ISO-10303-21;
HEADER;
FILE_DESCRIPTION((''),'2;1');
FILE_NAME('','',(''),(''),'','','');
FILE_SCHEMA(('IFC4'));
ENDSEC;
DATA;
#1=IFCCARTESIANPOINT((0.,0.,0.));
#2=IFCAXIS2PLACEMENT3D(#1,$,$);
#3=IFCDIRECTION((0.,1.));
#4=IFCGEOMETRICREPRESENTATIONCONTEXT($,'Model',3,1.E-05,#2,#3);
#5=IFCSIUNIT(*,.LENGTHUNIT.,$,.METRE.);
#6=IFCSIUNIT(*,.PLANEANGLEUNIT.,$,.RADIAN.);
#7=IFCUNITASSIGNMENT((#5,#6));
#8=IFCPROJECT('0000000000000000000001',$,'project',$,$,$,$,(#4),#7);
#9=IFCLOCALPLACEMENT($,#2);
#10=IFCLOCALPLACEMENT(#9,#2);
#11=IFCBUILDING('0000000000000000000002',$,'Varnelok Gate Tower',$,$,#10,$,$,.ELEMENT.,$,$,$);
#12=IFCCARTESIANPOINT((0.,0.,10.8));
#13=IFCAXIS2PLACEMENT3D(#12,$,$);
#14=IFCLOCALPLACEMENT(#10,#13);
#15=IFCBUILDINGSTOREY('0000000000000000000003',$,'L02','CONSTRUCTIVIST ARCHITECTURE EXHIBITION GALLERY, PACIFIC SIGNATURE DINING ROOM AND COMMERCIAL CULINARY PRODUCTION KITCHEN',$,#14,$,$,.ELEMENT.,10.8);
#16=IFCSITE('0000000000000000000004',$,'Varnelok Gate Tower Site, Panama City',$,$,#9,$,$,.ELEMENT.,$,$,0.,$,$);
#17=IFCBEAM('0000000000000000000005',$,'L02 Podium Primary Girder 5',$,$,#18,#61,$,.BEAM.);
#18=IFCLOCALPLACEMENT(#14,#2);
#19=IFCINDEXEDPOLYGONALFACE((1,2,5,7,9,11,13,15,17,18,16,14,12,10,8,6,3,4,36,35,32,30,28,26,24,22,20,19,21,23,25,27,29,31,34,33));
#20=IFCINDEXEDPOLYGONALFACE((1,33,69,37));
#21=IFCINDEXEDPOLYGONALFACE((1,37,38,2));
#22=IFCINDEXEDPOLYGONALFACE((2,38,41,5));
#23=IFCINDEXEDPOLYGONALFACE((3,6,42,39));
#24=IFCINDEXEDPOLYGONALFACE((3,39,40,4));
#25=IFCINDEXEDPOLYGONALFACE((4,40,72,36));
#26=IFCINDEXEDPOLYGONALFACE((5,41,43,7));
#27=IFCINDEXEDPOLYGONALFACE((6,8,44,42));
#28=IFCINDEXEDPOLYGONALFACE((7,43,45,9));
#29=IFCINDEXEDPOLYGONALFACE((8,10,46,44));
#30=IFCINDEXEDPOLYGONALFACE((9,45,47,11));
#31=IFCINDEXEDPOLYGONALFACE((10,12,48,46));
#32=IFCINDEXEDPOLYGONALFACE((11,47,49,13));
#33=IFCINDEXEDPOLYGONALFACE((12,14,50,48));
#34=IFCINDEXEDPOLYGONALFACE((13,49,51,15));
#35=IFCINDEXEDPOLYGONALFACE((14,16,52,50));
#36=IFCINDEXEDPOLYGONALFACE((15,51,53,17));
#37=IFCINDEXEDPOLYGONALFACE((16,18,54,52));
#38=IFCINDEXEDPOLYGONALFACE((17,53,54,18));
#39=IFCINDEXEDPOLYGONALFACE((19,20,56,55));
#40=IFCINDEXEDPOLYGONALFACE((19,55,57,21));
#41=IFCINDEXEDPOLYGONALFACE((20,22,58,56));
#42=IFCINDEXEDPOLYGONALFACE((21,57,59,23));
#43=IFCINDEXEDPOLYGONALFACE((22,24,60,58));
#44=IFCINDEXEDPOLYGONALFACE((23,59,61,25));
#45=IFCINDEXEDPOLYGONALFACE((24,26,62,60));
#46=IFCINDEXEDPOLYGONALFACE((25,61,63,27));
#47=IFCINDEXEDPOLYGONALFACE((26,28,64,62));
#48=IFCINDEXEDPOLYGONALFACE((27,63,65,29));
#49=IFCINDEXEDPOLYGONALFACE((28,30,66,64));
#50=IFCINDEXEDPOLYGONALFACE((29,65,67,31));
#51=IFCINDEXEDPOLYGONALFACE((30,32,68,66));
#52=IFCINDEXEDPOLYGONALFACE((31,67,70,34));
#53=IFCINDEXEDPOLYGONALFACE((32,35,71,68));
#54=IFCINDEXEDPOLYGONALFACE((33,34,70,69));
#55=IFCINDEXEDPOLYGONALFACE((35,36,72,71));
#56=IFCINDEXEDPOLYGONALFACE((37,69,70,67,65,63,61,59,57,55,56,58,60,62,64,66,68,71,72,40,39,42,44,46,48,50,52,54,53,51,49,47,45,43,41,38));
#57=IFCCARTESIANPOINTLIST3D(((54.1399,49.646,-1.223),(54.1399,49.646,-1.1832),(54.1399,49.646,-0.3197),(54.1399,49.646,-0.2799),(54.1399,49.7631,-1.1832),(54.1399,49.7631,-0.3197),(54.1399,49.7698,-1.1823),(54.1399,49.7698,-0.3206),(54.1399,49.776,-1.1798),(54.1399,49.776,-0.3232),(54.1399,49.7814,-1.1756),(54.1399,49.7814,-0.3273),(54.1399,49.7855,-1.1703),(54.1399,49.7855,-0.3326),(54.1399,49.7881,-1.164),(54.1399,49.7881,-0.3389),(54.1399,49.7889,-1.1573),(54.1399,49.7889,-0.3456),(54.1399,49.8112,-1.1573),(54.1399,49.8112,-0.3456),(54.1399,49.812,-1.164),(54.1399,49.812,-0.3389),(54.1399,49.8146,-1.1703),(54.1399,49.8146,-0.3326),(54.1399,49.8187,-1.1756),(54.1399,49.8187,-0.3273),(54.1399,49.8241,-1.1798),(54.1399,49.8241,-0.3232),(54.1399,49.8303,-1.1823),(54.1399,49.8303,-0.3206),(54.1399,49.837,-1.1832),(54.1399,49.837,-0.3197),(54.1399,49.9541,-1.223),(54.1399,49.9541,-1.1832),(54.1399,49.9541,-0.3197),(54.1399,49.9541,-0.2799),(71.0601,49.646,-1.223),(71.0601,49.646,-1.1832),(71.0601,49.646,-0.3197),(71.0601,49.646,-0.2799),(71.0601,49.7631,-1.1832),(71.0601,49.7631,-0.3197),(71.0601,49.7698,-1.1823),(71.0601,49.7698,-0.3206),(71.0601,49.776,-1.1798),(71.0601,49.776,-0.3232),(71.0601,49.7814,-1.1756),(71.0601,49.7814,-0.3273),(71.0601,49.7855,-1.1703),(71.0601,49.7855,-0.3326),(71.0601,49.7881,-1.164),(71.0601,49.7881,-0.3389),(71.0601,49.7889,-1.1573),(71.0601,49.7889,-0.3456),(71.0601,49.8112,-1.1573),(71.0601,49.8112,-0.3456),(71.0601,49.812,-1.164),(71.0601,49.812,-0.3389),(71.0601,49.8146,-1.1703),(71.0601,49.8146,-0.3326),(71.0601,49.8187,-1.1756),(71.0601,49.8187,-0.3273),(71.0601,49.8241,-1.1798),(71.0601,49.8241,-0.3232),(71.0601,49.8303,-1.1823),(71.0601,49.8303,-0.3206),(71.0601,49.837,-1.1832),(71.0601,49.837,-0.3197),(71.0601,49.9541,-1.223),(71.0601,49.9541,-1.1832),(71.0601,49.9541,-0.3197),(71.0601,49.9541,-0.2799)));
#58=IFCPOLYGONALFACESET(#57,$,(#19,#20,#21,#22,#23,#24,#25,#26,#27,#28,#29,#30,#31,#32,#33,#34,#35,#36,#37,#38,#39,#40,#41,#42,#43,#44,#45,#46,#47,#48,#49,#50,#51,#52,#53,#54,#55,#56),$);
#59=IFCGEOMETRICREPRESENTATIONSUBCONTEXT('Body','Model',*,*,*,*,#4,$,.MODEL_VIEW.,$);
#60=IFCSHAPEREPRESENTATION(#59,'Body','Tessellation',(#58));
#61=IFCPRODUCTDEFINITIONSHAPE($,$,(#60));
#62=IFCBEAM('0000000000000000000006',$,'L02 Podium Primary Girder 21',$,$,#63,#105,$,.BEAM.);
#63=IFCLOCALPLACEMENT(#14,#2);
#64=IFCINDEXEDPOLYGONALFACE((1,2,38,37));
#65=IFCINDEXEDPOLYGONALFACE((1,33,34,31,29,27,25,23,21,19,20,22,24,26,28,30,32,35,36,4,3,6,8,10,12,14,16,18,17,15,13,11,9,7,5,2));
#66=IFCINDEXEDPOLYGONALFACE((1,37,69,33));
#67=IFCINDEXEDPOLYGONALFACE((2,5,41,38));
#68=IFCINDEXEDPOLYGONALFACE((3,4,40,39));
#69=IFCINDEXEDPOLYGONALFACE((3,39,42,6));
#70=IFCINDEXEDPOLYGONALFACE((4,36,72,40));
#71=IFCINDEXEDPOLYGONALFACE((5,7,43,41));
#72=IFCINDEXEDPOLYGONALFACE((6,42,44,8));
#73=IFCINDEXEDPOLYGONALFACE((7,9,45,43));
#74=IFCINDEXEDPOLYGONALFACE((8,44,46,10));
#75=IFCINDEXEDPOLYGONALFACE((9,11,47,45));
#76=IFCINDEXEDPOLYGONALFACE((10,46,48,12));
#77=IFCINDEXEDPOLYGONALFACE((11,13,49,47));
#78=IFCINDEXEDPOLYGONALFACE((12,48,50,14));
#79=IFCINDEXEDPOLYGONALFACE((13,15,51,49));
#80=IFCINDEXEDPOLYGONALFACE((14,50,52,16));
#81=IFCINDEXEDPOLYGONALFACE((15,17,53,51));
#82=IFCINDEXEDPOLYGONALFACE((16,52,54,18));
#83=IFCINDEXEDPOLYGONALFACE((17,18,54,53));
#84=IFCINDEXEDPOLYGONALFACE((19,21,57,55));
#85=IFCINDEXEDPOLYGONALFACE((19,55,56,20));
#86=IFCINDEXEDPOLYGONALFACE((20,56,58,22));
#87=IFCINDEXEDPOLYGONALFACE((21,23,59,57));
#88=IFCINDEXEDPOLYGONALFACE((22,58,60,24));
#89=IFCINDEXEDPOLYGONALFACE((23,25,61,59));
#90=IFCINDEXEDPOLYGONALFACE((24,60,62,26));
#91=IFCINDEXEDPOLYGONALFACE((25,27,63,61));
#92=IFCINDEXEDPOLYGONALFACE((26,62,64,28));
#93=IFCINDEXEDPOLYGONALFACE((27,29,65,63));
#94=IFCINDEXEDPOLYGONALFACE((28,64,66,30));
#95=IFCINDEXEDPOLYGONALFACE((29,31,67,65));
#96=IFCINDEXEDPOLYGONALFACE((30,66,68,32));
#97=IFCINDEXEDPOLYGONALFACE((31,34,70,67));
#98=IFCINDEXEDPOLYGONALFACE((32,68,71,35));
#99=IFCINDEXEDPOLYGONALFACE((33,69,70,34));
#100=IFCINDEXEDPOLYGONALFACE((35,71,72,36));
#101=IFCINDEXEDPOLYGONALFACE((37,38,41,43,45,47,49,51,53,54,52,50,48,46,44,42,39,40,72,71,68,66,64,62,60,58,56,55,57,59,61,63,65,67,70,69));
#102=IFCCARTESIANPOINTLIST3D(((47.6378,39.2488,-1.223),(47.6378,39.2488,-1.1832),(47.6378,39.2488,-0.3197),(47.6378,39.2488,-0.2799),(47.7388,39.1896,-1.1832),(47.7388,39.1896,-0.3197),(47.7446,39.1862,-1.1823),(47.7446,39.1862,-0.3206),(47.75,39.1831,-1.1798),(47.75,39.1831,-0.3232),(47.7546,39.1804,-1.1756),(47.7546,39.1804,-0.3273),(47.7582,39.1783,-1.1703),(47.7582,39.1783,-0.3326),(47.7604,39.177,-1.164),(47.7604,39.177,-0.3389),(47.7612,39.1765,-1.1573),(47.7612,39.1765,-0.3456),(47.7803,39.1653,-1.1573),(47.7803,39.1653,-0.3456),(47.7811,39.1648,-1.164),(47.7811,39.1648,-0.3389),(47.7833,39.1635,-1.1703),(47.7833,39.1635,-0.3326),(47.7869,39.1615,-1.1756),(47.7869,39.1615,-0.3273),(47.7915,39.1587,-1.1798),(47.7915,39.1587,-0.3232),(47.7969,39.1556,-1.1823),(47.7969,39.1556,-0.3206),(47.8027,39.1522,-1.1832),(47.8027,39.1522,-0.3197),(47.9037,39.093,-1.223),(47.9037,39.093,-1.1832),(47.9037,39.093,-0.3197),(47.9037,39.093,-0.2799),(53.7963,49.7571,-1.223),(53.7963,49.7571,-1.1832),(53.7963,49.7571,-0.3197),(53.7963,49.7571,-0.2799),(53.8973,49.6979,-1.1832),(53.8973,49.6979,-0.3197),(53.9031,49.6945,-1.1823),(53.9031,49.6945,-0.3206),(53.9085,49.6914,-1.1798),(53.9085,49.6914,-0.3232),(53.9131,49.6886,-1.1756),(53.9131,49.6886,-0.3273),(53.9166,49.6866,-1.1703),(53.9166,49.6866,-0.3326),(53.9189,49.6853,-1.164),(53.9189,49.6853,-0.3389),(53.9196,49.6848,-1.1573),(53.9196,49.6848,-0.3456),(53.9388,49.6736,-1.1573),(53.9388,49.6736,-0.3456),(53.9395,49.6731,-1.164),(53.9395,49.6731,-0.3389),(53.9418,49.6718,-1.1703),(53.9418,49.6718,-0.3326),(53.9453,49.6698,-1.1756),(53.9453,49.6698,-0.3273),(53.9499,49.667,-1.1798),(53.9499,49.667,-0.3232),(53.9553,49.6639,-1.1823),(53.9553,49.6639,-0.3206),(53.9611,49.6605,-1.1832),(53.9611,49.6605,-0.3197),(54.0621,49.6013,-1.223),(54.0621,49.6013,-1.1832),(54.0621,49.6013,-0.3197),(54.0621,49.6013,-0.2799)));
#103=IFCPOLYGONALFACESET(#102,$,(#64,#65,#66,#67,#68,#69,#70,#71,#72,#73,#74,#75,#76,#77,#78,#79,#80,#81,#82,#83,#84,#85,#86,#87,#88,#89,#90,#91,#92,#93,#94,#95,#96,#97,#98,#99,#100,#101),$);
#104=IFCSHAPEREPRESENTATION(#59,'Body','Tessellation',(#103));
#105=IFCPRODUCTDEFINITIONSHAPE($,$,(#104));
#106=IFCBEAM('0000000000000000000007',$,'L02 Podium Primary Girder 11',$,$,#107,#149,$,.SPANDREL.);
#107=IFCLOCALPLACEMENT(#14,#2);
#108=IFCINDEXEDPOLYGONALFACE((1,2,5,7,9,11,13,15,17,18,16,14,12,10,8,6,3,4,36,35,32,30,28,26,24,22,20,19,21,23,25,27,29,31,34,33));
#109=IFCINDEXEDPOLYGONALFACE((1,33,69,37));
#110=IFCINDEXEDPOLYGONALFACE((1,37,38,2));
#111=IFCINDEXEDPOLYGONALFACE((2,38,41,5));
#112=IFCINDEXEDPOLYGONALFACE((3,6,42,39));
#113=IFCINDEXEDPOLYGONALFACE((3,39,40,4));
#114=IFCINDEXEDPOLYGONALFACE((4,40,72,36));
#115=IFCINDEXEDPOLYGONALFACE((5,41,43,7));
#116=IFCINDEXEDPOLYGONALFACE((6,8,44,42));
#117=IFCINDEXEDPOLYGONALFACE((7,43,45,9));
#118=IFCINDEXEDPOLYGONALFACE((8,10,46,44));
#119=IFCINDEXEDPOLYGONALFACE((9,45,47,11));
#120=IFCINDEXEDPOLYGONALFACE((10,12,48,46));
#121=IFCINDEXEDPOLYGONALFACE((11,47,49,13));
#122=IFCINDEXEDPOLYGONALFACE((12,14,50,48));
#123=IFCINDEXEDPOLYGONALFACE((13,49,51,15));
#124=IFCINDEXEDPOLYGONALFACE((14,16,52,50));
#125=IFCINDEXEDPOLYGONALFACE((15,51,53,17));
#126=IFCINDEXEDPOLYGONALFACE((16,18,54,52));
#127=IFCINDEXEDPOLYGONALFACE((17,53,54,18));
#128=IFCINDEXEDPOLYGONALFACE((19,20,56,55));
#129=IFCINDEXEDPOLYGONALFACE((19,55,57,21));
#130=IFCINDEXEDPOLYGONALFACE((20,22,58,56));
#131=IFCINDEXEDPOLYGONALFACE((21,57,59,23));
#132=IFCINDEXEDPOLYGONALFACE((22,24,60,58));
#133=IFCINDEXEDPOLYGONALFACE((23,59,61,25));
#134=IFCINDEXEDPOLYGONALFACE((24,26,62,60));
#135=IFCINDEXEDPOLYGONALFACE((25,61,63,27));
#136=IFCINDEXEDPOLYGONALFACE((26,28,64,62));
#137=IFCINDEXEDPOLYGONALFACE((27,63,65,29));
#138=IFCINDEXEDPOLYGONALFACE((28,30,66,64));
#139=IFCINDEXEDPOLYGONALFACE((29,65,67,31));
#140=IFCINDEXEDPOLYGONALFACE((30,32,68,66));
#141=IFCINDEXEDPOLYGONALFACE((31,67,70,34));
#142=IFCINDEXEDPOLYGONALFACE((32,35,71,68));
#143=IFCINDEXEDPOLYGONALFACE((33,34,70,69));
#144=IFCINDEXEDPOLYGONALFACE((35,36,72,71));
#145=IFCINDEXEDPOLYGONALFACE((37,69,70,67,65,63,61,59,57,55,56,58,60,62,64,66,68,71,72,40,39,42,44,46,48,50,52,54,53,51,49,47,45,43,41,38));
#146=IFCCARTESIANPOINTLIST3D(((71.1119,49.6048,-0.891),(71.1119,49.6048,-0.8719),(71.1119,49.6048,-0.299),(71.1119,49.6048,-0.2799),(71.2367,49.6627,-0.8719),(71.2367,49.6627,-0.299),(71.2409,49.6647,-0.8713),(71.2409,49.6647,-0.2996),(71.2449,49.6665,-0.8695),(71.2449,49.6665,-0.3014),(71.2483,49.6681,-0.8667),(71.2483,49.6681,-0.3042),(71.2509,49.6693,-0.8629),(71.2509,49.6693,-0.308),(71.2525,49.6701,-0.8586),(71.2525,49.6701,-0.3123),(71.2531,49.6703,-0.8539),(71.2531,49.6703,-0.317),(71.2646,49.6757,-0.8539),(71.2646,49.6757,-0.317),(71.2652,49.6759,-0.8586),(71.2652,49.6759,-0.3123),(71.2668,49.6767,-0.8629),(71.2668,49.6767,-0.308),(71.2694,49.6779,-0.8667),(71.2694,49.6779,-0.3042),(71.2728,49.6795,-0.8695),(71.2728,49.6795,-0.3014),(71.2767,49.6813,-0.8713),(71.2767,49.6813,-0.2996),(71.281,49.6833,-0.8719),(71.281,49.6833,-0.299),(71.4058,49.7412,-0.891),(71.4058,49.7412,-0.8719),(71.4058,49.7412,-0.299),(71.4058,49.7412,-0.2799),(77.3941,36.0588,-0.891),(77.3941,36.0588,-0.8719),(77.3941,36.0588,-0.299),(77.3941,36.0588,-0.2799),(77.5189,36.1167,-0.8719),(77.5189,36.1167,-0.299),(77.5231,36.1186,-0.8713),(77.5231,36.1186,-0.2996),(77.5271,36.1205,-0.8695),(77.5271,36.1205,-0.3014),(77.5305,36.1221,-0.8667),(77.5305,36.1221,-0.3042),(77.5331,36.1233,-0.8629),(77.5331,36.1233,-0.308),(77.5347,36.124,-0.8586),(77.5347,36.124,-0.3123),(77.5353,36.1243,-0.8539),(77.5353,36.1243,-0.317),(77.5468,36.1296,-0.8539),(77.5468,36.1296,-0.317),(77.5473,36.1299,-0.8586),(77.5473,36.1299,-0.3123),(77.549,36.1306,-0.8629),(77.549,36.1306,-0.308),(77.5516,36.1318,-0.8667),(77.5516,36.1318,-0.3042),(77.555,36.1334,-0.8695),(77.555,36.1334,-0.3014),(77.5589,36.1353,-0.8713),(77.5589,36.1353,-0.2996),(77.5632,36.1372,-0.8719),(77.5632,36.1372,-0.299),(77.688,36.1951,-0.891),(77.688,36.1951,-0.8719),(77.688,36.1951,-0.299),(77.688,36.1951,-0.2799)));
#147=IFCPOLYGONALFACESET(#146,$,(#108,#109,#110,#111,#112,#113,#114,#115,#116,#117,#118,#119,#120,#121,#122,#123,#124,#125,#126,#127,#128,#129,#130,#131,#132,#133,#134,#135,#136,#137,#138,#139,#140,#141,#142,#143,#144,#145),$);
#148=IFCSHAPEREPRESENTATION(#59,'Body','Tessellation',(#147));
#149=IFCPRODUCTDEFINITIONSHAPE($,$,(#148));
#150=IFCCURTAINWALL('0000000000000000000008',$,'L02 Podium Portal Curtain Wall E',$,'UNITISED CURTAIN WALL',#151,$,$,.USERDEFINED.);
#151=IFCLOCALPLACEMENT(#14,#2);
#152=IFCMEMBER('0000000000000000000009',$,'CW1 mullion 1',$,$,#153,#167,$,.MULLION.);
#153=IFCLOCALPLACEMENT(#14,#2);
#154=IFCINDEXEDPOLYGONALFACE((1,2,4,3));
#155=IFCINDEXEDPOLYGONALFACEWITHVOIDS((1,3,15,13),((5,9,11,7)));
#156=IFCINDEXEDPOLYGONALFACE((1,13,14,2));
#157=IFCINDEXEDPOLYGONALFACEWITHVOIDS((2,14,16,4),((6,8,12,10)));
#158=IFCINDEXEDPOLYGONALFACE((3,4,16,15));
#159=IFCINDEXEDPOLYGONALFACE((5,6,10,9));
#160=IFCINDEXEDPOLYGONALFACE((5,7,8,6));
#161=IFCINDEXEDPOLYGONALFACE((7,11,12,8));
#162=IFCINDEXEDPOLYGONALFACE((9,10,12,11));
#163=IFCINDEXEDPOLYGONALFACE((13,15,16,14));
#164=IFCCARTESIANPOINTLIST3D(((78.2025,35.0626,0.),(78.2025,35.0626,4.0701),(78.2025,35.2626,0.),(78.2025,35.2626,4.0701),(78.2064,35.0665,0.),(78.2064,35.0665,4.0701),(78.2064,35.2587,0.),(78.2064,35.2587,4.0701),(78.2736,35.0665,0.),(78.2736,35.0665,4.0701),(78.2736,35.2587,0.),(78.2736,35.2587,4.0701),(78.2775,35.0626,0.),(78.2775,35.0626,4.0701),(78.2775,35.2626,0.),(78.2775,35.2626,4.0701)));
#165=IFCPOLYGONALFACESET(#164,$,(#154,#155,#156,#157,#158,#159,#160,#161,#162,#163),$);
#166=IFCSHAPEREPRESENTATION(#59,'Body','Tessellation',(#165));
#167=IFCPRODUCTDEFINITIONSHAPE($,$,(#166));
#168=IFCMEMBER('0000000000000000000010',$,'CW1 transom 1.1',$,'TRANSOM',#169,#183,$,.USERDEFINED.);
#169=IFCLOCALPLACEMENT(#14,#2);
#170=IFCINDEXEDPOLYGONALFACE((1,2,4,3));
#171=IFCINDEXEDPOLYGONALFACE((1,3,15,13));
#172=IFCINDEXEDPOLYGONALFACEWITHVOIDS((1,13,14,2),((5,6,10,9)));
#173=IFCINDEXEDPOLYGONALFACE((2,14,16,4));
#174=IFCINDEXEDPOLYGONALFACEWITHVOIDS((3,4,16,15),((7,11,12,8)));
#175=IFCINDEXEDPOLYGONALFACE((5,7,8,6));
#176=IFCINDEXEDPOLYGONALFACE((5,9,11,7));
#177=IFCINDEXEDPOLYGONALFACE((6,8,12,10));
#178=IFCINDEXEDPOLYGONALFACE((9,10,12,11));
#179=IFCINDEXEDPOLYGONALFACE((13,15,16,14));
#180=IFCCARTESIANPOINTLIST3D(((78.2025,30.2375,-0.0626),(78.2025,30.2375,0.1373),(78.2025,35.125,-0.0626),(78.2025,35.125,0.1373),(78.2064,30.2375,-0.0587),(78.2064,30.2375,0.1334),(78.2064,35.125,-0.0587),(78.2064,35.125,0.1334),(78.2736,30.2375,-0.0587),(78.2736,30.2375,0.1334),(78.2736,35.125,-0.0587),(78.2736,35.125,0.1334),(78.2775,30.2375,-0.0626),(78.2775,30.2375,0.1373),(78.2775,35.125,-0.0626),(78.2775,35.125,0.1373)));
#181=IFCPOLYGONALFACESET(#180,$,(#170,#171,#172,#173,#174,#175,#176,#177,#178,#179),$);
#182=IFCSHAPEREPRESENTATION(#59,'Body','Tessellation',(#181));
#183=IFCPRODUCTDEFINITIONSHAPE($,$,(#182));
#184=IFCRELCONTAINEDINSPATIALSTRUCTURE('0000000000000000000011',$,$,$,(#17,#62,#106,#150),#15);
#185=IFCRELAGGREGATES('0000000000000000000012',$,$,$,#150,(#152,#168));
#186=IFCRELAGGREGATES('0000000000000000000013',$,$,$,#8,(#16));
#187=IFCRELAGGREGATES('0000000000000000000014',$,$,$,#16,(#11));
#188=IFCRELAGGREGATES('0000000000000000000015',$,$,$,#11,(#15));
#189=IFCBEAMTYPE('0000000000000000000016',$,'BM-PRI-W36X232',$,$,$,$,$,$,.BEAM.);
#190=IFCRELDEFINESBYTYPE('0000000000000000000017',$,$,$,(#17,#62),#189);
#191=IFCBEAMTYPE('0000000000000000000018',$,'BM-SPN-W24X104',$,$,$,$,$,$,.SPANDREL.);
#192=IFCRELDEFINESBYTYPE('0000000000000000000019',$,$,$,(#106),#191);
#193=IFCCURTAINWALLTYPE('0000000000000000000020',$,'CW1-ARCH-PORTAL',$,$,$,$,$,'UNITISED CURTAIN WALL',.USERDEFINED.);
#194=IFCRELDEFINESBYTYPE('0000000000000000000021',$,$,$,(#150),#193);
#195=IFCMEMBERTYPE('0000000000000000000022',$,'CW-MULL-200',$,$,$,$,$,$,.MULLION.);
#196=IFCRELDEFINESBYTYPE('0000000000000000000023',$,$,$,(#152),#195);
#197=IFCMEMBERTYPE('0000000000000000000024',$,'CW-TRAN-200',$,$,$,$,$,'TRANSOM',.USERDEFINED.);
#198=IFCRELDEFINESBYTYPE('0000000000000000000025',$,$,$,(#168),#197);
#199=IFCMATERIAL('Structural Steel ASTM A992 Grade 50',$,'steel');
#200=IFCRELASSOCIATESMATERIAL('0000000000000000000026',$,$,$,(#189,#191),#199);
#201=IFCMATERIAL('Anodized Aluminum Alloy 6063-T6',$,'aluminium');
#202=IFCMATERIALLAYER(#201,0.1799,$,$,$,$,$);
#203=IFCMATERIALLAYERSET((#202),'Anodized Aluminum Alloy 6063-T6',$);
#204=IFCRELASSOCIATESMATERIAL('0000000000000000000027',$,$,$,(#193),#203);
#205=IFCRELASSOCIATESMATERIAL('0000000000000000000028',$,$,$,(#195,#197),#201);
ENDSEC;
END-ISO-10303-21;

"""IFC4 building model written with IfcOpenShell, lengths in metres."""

from ifc_helpers import new_model, si_unit, direction, frame, origin, origin_2d, place, context, subcontext, project, spatial, hollow_rectangle, i_section, extrude, material, layer, layer_set, material_profile, profile_set, type_object, element, aggregate, save


model = new_model("IFC4")

# Units and contexts
model_context = context("Model", 3, precision=1e-05, world=origin(), true_north=direction((0.0, 1.0)))
body_context = subcontext(model_context, "Body", "Model", "MODEL_VIEW")
ifc_project = project(units=[si_unit("LENGTHUNIT", "METRE"), si_unit("PLANEANGLEUNIT", "RADIAN")], contexts=[model_context])

# Site, building, storey
site_placement = place(None, origin())
site = spatial("IfcSite", under=ifc_project, at=site_placement, Name="Varnelok Gate Tower Site, Panama City", CompositionType="ELEMENT", RefElevation=0.0)
building_placement = place(site_placement, origin())
building = spatial("IfcBuilding", under=site, at=building_placement, Name="Varnelok Gate Tower", CompositionType="ELEMENT")
storey_placement = place(building_placement, frame((0.0, 0.0, 10.8)))
storey = spatial("IfcBuildingStorey", under=building, at=storey_placement, Name="L02", Description="CONSTRUCTIVIST ARCHITECTURE EXHIBITION GALLERY, PACIFIC SIGNATURE DINING ROOM AND COMMERCIAL CULINARY PRODUCTION KITCHEN", CompositionType="ELEMENT", Elevation=10.8)

# Beams
ifc_material_1 = material(Name="Structural Steel ASTM A992 Grade 50", Category="steel")
ifc_material_profile_1 = material_profile(ifc_material_1, i_section(OverallWidth=0.3081, OverallDepth=0.9431, WebThickness=0.0222, FlangeThickness=0.0398, FilletRadius=0.0259, at=origin_2d()), Name="W36X232")
ifc_profile_set_1 = profile_set([ifc_material_profile_1], Name="Structural Steel ASTM A992 Grade 50")
beam_type_1 = type_object("IfcBeamType", Name="BM-PRI-W36X232", PredefinedType="BEAM", material=ifc_profile_set_1)
beam_1_placement = place(storey_placement, frame((54.1399, 49.8, -0.7515), z_axis=(1.0, 0.0, 0.0), x_axis=(0.0, 1.0, 0.0)))
element("IfcBeam", 1, at=beam_1_placement, inside=storey, type_object=beam_type_1, Name="L02 Podium Primary Girder 5", PredefinedType="BEAM", context=body_context, shape_type="SweptSolid", body=[
    extrude(i_section(OverallWidth=0.3081, OverallDepth=0.9431, WebThickness=0.0222, FlangeThickness=0.0398, FilletRadius=0.0259, at=origin_2d()), origin(), (0.0, 0.0, 1.0), 16.9202),
])
beam_2_placement = place(storey_placement, frame((53.9292, 49.6792, -0.7515), z_axis=(-0.505622, -0.862755, 0.0), x_axis=(0.862755, -0.505622, 0.0)))
element("IfcBeam", 2, at=beam_2_placement, inside=storey, type_object=beam_type_1, Name="L02 Podium Primary Girder 21", PredefinedType="BEAM", context=body_context, shape_type="SweptSolid", body=[
    extrude(i_section(OverallWidth=0.3081, OverallDepth=0.9431, WebThickness=0.0222, FlangeThickness=0.0398, FilletRadius=0.0259, at=origin_2d()), origin(), (0.0, 0.0, 1.0), 12.1799),
])
ifc_material_profile_2 = material_profile(ifc_material_1, i_section(OverallWidth=0.324, OverallDepth=0.6111, WebThickness=0.0127, FlangeThickness=0.019, FilletRadius=0.0181, at=origin_2d()), Name="W24X104")
ifc_profile_set_2 = profile_set([ifc_material_profile_2], Name="Structural Steel ASTM A992 Grade 50")
beam_type_2 = type_object("IfcBeamType", Name="BM-SPN-W24X104", PredefinedType="SPANDREL", material=ifc_profile_set_2)
beam_3_placement = place(storey_placement, frame((77.541, 36.127, -0.5854), z_axis=(-0.420723, 0.907189, 0.0), x_axis=(-0.907189, -0.420723, 0.0)))
element("IfcBeam", 3, at=beam_3_placement, inside=storey, type_object=beam_type_2, Name="L02 Podium Primary Girder 11", PredefinedType="SPANDREL", context=body_context, shape_type="SweptSolid", body=[
    extrude(i_section(OverallWidth=0.324, OverallDepth=0.6111, WebThickness=0.0127, FlangeThickness=0.019, FilletRadius=0.0181, at=origin_2d()), origin(), (0.0, 0.0, 1.0), 14.9319),
])

# Curtain wall, members
ifc_material_2 = material(Name="Anodized Aluminum Alloy 6063-T6", Category="aluminium")
ifc_layer_1 = layer(ifc_material_2, 0.1799)
ifc_layer_set_1 = layer_set([ifc_layer_1], Name="Anodized Aluminum Alloy 6063-T6")
curtain_wall_type = type_object("IfcCurtainWallType", Name="CW1-ARCH-PORTAL", ElementType="UNITISED CURTAIN WALL", PredefinedType="USERDEFINED", material=ifc_layer_set_1)
curtain_wall_placement = place(storey_placement, origin())
curtain_wall = element("IfcCurtainWall", 4, at=curtain_wall_placement, inside=storey, type_object=curtain_wall_type, Name="L02 Podium Portal Curtain Wall E", ObjectType="UNITISED CURTAIN WALL", PredefinedType="USERDEFINED")
ifc_material_profile_3 = material_profile(ifc_material_2, hollow_rectangle(XDim=0.075, YDim=0.2, WallThickness=0.0039, at=origin_2d()), Name="ALU200X75X4")
ifc_profile_set_3 = profile_set([ifc_material_profile_3], Name="Anodized Aluminum Alloy 6063-T6")
member_type_1 = type_object("IfcMemberType", Name="CW-MULL-200", PredefinedType="MULLION", material=ifc_profile_set_3)
member_1_placement = place(storey_placement, frame((78.24, 35.1626, 0.0), z_axis=(0.0, 0.0, 1.0), x_axis=(1.0, 0.0, 0.0)))
member_1 = element("IfcMember", 5, at=member_1_placement, type_object=member_type_1, Name="CW1 mullion 1", PredefinedType="MULLION", context=body_context, shape_type="SweptSolid", body=[
    extrude(hollow_rectangle(XDim=0.075, YDim=0.2, WallThickness=0.0039, at=origin_2d()), origin(), (0.0, 0.0, 1.0), 4.0701),
])
ifc_material_profile_4 = material_profile(ifc_material_2, hollow_rectangle(XDim=0.075, YDim=0.2, WallThickness=0.0039, at=origin_2d()), Name="ALU200X75X4")
ifc_profile_set_4 = profile_set([ifc_material_profile_4], Name="Anodized Aluminum Alloy 6063-T6")
member_type_2 = type_object("IfcMemberType", Name="CW-TRAN-200", ElementType="TRANSOM", PredefinedType="USERDEFINED", material=ifc_profile_set_4)
member_2_placement = place(storey_placement, frame((78.24, 35.125, 0.0374), z_axis=(0.0, -1.0, 0.0), x_axis=(1.0, 0.0, 0.0)))
member_2 = element("IfcMember", 6, at=member_2_placement, type_object=member_type_2, Name="CW1 transom 1.1", ObjectType="TRANSOM", PredefinedType="USERDEFINED", context=body_context, shape_type="SweptSolid", body=[
    extrude(hollow_rectangle(XDim=0.075, YDim=0.2, WallThickness=0.0039, at=origin_2d()), origin(), (0.0, 0.0, 1.0), 4.8875),
])
aggregate(curtain_wall, [member_1, member_2])

save(model, "model.ifc")
